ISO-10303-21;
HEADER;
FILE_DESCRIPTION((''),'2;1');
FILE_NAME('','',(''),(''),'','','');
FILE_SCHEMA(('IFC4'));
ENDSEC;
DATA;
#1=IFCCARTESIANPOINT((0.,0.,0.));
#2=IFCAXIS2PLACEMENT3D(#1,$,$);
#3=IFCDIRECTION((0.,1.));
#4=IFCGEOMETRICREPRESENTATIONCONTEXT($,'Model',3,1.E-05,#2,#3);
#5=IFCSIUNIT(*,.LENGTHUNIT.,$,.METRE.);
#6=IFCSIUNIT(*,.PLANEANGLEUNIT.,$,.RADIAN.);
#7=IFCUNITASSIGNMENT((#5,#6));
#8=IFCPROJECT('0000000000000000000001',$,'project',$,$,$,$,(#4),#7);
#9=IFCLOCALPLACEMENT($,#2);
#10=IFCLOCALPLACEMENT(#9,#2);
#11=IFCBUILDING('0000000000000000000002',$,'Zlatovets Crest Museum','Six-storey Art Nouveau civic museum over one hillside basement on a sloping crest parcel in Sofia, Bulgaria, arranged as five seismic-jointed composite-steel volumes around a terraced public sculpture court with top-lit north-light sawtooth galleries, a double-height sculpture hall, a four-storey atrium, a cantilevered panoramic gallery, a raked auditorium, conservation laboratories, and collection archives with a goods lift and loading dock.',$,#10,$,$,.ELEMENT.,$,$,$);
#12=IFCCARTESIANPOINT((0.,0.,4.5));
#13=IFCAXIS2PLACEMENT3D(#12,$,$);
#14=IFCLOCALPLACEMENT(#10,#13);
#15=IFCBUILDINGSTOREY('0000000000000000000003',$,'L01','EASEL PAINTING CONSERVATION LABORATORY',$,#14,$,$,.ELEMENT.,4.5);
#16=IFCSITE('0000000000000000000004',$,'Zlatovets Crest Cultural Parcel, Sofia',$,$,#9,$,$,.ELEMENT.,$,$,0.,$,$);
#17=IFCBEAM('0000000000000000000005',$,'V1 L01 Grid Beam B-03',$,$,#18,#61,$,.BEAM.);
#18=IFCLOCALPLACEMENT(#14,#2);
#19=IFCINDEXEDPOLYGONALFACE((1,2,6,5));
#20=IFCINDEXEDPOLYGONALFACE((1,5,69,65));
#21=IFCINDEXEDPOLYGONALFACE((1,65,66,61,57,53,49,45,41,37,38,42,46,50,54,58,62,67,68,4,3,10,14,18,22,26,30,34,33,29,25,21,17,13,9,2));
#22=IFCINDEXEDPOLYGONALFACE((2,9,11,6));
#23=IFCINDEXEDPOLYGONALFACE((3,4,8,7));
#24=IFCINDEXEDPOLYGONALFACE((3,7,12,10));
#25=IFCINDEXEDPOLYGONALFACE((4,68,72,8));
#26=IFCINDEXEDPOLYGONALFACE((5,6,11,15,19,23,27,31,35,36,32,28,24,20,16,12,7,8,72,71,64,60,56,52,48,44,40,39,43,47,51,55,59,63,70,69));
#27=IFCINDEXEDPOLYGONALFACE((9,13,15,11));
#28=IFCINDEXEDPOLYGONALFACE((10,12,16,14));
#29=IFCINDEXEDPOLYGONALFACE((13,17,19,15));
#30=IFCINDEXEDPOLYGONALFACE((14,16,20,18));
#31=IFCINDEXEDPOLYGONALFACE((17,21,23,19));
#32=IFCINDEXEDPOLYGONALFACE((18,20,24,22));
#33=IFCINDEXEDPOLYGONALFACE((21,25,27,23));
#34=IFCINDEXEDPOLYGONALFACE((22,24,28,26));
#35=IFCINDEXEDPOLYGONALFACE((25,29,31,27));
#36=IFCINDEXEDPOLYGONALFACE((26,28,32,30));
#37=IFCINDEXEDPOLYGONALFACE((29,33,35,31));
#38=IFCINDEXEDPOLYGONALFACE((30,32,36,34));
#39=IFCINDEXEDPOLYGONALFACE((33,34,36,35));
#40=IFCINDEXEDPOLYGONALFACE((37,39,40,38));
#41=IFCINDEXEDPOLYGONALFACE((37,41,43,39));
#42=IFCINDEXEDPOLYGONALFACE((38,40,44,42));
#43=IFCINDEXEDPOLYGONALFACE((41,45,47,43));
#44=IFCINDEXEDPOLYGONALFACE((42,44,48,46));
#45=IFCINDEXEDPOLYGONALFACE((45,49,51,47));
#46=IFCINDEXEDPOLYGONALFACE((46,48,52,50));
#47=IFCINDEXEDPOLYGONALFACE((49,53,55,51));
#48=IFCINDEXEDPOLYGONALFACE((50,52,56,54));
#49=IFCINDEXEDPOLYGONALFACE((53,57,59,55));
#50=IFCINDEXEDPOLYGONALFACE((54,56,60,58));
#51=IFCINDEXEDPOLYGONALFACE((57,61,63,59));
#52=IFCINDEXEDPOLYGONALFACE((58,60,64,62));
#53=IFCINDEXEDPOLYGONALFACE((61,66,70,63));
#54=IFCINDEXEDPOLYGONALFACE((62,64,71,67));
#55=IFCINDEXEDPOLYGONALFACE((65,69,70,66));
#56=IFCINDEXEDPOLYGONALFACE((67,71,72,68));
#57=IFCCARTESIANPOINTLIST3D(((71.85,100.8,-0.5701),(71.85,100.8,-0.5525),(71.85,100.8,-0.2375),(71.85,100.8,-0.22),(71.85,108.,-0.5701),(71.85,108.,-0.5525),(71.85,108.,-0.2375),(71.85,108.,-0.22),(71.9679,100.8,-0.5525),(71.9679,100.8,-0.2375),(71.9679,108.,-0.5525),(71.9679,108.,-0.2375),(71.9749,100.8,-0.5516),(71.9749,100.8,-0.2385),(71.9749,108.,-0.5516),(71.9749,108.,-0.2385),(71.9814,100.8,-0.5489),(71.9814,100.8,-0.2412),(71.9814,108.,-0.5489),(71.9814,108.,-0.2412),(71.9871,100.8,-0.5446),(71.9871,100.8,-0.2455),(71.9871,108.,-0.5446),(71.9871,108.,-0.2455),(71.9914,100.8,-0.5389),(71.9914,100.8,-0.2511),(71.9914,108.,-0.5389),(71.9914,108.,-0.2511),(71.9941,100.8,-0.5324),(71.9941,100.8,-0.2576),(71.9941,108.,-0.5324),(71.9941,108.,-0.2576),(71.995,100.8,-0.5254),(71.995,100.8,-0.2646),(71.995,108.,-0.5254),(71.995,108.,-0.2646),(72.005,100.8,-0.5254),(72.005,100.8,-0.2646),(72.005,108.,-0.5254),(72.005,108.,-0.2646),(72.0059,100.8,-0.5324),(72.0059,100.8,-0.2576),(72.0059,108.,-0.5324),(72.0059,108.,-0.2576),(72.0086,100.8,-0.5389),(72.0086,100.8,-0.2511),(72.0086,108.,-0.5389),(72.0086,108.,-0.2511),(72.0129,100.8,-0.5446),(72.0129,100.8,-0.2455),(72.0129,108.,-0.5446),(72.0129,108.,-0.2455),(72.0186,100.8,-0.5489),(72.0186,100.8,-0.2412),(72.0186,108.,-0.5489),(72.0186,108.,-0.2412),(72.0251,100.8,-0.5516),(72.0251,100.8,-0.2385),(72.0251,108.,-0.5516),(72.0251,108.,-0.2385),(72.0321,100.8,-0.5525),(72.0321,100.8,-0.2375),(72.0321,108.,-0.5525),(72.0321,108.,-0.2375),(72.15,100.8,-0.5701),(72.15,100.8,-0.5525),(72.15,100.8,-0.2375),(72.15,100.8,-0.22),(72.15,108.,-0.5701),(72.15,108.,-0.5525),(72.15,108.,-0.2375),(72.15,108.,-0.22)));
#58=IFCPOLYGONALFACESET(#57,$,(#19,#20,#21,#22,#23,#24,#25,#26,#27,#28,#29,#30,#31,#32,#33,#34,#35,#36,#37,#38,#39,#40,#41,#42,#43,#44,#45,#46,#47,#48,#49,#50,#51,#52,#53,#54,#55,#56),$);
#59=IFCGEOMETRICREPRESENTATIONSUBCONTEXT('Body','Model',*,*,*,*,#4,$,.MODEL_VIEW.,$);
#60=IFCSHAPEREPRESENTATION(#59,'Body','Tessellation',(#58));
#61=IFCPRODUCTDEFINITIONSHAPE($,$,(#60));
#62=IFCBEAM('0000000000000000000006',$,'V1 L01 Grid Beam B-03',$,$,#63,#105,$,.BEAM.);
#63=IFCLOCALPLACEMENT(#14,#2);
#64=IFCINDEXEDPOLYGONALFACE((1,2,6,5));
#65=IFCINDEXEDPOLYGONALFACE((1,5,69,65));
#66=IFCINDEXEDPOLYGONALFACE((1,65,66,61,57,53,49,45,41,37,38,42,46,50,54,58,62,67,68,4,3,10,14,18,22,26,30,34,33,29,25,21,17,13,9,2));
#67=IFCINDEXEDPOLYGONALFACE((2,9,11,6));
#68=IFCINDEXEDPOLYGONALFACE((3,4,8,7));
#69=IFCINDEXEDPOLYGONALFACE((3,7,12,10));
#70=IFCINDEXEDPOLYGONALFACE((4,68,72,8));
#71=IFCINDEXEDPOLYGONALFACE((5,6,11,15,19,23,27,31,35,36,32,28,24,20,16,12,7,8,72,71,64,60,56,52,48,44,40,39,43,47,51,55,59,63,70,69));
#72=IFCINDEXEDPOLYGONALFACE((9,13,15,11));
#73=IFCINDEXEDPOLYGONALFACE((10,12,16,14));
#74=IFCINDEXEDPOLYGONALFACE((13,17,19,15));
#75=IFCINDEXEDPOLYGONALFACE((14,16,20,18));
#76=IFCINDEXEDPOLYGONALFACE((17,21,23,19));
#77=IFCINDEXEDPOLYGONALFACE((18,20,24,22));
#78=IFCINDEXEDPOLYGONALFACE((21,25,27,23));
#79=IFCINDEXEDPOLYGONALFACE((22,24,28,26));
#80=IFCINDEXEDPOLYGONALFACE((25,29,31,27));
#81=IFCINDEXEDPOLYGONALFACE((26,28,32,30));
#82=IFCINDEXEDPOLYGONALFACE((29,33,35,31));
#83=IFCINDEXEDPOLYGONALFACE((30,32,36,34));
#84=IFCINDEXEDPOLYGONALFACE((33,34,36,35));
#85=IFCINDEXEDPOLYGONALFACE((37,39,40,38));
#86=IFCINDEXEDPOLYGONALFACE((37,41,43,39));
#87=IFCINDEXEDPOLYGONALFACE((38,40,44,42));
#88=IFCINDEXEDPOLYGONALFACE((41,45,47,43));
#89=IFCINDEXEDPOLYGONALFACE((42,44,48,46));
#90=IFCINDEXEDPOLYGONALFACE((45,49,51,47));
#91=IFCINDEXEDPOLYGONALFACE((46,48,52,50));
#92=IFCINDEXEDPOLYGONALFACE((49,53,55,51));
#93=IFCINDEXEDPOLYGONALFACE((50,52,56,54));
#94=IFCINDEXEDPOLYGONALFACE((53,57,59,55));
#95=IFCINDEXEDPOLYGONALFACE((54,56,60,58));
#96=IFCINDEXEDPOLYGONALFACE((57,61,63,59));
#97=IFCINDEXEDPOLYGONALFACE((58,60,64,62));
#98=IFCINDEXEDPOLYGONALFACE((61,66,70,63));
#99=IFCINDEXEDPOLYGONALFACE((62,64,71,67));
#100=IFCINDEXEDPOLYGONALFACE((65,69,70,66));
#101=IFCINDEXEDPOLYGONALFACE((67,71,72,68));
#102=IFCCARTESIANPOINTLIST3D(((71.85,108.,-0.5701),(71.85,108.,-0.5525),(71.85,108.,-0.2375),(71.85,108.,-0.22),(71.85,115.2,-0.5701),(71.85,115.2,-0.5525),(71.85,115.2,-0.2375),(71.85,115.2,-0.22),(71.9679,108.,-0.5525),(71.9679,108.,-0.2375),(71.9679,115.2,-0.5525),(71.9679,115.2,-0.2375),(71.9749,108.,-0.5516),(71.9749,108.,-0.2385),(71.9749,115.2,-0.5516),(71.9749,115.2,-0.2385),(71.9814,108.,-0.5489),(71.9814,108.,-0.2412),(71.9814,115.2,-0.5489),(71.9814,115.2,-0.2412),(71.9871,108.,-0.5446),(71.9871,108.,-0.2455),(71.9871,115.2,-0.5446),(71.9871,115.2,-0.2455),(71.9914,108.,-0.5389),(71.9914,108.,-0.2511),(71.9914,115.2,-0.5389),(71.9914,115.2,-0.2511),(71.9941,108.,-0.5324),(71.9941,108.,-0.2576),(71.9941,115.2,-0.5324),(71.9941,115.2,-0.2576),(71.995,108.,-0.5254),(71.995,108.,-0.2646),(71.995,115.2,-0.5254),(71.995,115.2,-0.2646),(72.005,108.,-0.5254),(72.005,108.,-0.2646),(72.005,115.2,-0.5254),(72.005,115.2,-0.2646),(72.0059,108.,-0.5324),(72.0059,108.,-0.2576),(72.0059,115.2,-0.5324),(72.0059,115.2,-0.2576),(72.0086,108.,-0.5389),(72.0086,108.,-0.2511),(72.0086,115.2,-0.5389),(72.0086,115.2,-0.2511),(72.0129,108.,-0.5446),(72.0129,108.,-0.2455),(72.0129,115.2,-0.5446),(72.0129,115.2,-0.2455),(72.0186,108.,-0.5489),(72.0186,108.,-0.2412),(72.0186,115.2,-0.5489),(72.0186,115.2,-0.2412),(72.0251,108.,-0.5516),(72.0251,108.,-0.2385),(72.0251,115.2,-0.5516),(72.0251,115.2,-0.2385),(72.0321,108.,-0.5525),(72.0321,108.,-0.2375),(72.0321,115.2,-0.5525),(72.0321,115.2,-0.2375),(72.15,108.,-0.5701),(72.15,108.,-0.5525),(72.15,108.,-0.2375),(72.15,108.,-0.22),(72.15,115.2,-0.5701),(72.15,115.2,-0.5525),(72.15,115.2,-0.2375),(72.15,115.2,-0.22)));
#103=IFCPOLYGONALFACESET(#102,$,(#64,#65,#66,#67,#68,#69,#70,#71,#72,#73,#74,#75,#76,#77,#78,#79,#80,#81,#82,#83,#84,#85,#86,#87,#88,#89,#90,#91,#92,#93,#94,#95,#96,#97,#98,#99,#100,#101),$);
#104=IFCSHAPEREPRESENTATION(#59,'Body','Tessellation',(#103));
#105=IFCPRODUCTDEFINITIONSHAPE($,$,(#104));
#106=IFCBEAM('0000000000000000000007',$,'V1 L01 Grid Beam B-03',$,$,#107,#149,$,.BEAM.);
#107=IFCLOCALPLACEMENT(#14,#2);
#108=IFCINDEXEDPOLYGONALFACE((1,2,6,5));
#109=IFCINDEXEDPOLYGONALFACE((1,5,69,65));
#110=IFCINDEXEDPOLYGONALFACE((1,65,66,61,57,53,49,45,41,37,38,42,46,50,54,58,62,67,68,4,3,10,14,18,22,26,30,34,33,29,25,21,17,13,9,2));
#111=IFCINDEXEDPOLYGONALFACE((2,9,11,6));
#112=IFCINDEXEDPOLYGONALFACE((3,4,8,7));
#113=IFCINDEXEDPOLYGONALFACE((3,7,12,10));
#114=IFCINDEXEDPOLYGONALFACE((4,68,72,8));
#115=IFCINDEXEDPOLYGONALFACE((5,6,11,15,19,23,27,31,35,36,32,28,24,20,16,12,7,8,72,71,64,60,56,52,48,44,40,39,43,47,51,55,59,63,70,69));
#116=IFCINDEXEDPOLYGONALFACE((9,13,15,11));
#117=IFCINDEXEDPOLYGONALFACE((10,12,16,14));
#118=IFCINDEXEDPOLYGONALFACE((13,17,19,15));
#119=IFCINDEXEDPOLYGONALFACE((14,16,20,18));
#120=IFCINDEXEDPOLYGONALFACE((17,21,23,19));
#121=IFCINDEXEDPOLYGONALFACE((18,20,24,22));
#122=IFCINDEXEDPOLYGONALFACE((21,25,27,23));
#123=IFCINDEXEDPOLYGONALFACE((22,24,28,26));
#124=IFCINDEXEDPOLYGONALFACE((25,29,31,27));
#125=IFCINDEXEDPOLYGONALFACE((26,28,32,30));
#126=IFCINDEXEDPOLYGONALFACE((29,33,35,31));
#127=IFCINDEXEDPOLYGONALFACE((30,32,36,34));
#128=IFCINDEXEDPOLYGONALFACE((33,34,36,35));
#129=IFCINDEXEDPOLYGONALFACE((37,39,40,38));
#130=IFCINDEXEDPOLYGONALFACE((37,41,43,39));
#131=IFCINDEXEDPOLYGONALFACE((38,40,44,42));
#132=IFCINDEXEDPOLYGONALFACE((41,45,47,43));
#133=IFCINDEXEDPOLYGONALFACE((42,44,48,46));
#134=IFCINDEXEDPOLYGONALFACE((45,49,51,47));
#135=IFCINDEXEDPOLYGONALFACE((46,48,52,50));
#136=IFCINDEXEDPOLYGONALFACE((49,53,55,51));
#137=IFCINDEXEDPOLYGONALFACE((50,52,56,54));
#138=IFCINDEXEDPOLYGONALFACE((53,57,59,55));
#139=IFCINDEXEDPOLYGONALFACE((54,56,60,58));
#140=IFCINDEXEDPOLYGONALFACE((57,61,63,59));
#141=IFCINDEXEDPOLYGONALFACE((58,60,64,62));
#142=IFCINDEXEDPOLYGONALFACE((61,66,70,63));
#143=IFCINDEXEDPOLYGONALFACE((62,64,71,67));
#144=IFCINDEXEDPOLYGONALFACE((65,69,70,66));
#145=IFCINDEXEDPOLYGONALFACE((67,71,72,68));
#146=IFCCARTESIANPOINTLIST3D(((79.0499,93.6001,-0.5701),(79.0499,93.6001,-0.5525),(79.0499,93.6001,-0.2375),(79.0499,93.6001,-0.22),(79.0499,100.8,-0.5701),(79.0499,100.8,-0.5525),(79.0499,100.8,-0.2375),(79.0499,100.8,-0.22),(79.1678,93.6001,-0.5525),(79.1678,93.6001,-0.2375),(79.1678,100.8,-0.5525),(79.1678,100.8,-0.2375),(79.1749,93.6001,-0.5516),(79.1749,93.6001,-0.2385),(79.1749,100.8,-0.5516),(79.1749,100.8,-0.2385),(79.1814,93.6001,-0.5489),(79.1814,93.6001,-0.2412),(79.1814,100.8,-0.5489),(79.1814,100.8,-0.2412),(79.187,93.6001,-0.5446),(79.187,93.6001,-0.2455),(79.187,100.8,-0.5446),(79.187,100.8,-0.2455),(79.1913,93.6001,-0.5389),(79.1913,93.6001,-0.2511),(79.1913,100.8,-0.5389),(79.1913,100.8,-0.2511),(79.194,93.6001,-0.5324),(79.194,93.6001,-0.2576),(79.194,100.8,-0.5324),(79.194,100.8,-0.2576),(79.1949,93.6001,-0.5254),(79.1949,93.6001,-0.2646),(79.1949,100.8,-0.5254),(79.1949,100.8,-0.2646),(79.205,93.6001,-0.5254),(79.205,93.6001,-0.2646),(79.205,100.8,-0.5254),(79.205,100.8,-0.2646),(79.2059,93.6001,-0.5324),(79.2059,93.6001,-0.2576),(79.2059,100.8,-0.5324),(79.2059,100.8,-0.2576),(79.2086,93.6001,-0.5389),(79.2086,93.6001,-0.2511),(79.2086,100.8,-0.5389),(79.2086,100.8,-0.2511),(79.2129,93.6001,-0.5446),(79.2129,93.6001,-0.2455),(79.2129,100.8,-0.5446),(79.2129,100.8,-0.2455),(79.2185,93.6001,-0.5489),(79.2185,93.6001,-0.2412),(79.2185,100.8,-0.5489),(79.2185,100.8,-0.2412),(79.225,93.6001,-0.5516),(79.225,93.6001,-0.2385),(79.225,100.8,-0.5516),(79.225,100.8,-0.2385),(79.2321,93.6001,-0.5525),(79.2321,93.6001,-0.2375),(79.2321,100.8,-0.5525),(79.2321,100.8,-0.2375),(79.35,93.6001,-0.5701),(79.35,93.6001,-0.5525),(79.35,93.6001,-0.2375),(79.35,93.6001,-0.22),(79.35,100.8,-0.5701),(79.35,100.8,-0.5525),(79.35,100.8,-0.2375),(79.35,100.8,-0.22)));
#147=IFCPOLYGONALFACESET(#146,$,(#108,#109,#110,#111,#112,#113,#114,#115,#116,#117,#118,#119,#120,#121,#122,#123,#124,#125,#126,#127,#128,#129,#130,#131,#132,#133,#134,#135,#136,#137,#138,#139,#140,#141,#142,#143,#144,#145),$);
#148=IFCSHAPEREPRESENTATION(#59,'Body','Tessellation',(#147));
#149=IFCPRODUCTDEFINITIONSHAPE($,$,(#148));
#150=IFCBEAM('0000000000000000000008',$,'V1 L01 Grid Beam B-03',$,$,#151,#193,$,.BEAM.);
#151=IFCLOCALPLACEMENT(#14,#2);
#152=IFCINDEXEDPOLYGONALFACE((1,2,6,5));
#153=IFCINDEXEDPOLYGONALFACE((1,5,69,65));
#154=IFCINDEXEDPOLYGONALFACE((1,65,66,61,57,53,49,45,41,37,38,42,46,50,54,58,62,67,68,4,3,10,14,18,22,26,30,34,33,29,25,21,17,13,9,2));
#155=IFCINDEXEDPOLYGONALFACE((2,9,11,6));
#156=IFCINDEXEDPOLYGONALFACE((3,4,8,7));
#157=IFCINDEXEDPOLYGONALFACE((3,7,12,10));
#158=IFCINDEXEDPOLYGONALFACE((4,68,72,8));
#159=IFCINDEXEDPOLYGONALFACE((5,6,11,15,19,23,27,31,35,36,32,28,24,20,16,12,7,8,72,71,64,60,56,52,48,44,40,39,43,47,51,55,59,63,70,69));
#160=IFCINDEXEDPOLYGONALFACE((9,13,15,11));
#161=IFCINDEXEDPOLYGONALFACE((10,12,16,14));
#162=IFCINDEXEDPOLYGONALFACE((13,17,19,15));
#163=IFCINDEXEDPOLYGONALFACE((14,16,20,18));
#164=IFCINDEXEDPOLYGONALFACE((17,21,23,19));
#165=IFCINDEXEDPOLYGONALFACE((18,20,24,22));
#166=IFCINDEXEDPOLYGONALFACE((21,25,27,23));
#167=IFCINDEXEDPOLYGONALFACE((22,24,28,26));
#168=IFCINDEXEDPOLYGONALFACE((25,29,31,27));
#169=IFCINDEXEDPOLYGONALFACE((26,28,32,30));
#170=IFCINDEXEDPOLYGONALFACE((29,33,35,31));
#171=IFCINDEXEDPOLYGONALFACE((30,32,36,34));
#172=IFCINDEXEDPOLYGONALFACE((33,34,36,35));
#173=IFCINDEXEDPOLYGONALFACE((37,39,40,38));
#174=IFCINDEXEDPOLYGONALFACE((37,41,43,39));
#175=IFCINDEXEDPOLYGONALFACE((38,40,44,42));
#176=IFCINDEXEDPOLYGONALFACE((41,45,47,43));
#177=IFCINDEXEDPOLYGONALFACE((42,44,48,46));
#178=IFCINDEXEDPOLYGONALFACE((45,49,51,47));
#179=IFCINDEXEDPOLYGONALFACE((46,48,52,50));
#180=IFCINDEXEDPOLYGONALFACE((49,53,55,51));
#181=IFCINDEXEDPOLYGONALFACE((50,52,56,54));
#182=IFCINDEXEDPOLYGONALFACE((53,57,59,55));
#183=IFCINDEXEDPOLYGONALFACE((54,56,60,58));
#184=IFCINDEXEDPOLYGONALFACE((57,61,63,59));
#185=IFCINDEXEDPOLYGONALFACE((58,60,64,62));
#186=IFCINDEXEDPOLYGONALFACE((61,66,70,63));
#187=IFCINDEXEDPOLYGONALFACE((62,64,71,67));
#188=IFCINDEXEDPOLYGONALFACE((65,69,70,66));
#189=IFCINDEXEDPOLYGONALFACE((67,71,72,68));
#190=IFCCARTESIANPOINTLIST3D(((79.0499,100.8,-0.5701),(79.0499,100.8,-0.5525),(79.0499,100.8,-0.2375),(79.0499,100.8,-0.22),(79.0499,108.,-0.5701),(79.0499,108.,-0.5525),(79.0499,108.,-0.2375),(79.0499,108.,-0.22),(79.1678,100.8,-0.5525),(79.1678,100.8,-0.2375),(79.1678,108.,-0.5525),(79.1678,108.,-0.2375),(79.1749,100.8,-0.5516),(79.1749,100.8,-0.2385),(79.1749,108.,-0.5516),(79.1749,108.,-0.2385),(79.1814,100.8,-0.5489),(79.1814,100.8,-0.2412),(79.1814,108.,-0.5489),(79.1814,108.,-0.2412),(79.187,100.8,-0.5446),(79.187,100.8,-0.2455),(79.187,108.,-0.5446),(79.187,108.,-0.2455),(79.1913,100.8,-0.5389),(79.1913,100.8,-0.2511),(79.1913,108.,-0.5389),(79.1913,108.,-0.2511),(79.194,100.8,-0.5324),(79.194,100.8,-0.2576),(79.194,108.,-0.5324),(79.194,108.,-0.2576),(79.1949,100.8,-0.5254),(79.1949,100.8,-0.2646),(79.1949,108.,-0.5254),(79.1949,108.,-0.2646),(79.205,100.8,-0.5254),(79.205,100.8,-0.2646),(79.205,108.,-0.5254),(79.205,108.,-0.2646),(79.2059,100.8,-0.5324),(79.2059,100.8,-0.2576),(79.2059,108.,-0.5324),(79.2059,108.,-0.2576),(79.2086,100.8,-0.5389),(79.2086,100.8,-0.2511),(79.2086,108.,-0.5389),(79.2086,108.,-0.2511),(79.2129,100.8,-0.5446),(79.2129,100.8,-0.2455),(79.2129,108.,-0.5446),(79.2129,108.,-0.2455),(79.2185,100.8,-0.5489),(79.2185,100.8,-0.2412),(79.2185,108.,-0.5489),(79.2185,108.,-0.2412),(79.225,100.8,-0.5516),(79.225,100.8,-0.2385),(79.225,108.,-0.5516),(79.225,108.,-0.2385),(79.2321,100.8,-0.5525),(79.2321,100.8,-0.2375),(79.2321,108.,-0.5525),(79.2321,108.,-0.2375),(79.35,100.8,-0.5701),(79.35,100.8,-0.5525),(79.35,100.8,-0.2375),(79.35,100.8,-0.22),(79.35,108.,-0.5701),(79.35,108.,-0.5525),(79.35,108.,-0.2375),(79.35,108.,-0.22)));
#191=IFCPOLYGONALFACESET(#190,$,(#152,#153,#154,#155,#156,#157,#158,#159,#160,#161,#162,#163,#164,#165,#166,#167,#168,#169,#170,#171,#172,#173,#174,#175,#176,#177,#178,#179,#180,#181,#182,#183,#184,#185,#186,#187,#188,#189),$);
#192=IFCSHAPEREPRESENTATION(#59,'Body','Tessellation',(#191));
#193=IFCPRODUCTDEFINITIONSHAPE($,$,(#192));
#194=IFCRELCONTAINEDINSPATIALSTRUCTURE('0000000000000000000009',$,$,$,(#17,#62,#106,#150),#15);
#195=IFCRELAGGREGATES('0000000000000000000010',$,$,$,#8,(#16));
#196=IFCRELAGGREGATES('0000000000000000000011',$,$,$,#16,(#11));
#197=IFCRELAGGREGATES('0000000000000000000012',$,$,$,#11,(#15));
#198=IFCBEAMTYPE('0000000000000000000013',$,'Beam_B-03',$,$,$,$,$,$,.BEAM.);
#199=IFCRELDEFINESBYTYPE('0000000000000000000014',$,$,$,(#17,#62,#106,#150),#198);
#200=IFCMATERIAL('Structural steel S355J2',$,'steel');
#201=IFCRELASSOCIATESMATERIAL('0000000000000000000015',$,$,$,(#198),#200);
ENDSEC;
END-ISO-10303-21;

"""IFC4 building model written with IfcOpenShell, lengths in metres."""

from ifc_helpers import new_model, si_unit, direction, frame, origin, origin_2d, place, context, subcontext, project, spatial, i_section, extrude, material, material_profile, profile_set, type_object, element, save


model = new_model("IFC4")

# Units and contexts
model_context = context("Model", 3, precision=1e-05, world=origin(), true_north=direction((0.0, 1.0)))
body_context = subcontext(model_context, "Body", "Model", "MODEL_VIEW")
ifc_project = project(units=[si_unit("LENGTHUNIT", "METRE"), si_unit("PLANEANGLEUNIT", "RADIAN")], contexts=[model_context])

# Site, building, storey
site_placement = place(None, origin())
site = spatial("IfcSite", under=ifc_project, at=site_placement, Name="Zlatovets Crest Cultural Parcel, Sofia", CompositionType="ELEMENT", RefElevation=0.0)
building_placement = place(site_placement, origin())
building = spatial("IfcBuilding", under=site, at=building_placement, Name="Zlatovets Crest Museum", Description="Six-storey Art Nouveau civic museum over one hillside basement on a sloping crest parcel in Sofia, Bulgaria, arranged as five seismic-jointed composite-steel volumes around a terraced public sculpture court with top-lit north-light sawtooth galleries, a double-height sculpture hall, a four-storey atrium, a cantilevered panoramic gallery, a raked auditorium, conservation laboratories, and collection archives with a goods lift and loading dock.", CompositionType="ELEMENT")
storey_placement = place(building_placement, frame((0.0, 0.0, 4.5)))
storey = spatial("IfcBuildingStorey", under=building, at=storey_placement, Name="L01", Description="EASEL PAINTING CONSERVATION LABORATORY", CompositionType="ELEMENT", Elevation=4.5)

# Shared definitions
ifc_material = material(Name="Structural steel S355J2", Category="steel")

# Beams
ifc_material_profile_1 = material_profile(ifc_material, i_section(OverallWidth=0.3, OverallDepth=0.3501, WebThickness=0.01, FlangeThickness=0.0176, FilletRadius=0.0271, at=origin_2d()), Name="HEA 360")
ifc_profile_set_1 = profile_set([ifc_material_profile_1], Name="Structural steel S355J2")
beam_type_1 = type_object("IfcBeamType", Name="Beam_B-03", PredefinedType="BEAM", material=ifc_profile_set_1)
for number, where, z_axis, x_axis, name in (
    (1, (72.0, 100.8, -0.395), (0.0, 1.0, 0.0), (-1.0, 0.0, 0.0), "V1 L01 Grid Beam B-03"),
    (2, (72.0, 108.0, -0.395), (0.0, 1.0, 0.0), (-1.0, 0.0, 0.0), "V1 L01 Grid Beam B-03"),
    (3, (79.2, 93.6001, -0.395), (0.0, 1.0, 0.0), (-1.0, 0.0, 0.0), "V1 L01 Grid Beam B-03"),
    (4, (79.2, 100.8, -0.395), (0.0, 1.0, 0.0), (-1.0, 0.0, 0.0), "V1 L01 Grid Beam B-03"),
):
    element("IfcBeam", number, at=place(storey_placement, frame(where, z_axis=z_axis, x_axis=x_axis)), inside=storey, type_object=beam_type_1, Name=name, PredefinedType="BEAM", context=body_context, shape_type="SweptSolid", body=[
        extrude(i_section(OverallWidth=0.3, OverallDepth=0.3501, WebThickness=0.01, FlangeThickness=0.0176, FilletRadius=0.0271, at=origin_2d()), origin(), (0.0, 0.0, 1.0), 7.2),
    ])

save(model, "model.ifc")
